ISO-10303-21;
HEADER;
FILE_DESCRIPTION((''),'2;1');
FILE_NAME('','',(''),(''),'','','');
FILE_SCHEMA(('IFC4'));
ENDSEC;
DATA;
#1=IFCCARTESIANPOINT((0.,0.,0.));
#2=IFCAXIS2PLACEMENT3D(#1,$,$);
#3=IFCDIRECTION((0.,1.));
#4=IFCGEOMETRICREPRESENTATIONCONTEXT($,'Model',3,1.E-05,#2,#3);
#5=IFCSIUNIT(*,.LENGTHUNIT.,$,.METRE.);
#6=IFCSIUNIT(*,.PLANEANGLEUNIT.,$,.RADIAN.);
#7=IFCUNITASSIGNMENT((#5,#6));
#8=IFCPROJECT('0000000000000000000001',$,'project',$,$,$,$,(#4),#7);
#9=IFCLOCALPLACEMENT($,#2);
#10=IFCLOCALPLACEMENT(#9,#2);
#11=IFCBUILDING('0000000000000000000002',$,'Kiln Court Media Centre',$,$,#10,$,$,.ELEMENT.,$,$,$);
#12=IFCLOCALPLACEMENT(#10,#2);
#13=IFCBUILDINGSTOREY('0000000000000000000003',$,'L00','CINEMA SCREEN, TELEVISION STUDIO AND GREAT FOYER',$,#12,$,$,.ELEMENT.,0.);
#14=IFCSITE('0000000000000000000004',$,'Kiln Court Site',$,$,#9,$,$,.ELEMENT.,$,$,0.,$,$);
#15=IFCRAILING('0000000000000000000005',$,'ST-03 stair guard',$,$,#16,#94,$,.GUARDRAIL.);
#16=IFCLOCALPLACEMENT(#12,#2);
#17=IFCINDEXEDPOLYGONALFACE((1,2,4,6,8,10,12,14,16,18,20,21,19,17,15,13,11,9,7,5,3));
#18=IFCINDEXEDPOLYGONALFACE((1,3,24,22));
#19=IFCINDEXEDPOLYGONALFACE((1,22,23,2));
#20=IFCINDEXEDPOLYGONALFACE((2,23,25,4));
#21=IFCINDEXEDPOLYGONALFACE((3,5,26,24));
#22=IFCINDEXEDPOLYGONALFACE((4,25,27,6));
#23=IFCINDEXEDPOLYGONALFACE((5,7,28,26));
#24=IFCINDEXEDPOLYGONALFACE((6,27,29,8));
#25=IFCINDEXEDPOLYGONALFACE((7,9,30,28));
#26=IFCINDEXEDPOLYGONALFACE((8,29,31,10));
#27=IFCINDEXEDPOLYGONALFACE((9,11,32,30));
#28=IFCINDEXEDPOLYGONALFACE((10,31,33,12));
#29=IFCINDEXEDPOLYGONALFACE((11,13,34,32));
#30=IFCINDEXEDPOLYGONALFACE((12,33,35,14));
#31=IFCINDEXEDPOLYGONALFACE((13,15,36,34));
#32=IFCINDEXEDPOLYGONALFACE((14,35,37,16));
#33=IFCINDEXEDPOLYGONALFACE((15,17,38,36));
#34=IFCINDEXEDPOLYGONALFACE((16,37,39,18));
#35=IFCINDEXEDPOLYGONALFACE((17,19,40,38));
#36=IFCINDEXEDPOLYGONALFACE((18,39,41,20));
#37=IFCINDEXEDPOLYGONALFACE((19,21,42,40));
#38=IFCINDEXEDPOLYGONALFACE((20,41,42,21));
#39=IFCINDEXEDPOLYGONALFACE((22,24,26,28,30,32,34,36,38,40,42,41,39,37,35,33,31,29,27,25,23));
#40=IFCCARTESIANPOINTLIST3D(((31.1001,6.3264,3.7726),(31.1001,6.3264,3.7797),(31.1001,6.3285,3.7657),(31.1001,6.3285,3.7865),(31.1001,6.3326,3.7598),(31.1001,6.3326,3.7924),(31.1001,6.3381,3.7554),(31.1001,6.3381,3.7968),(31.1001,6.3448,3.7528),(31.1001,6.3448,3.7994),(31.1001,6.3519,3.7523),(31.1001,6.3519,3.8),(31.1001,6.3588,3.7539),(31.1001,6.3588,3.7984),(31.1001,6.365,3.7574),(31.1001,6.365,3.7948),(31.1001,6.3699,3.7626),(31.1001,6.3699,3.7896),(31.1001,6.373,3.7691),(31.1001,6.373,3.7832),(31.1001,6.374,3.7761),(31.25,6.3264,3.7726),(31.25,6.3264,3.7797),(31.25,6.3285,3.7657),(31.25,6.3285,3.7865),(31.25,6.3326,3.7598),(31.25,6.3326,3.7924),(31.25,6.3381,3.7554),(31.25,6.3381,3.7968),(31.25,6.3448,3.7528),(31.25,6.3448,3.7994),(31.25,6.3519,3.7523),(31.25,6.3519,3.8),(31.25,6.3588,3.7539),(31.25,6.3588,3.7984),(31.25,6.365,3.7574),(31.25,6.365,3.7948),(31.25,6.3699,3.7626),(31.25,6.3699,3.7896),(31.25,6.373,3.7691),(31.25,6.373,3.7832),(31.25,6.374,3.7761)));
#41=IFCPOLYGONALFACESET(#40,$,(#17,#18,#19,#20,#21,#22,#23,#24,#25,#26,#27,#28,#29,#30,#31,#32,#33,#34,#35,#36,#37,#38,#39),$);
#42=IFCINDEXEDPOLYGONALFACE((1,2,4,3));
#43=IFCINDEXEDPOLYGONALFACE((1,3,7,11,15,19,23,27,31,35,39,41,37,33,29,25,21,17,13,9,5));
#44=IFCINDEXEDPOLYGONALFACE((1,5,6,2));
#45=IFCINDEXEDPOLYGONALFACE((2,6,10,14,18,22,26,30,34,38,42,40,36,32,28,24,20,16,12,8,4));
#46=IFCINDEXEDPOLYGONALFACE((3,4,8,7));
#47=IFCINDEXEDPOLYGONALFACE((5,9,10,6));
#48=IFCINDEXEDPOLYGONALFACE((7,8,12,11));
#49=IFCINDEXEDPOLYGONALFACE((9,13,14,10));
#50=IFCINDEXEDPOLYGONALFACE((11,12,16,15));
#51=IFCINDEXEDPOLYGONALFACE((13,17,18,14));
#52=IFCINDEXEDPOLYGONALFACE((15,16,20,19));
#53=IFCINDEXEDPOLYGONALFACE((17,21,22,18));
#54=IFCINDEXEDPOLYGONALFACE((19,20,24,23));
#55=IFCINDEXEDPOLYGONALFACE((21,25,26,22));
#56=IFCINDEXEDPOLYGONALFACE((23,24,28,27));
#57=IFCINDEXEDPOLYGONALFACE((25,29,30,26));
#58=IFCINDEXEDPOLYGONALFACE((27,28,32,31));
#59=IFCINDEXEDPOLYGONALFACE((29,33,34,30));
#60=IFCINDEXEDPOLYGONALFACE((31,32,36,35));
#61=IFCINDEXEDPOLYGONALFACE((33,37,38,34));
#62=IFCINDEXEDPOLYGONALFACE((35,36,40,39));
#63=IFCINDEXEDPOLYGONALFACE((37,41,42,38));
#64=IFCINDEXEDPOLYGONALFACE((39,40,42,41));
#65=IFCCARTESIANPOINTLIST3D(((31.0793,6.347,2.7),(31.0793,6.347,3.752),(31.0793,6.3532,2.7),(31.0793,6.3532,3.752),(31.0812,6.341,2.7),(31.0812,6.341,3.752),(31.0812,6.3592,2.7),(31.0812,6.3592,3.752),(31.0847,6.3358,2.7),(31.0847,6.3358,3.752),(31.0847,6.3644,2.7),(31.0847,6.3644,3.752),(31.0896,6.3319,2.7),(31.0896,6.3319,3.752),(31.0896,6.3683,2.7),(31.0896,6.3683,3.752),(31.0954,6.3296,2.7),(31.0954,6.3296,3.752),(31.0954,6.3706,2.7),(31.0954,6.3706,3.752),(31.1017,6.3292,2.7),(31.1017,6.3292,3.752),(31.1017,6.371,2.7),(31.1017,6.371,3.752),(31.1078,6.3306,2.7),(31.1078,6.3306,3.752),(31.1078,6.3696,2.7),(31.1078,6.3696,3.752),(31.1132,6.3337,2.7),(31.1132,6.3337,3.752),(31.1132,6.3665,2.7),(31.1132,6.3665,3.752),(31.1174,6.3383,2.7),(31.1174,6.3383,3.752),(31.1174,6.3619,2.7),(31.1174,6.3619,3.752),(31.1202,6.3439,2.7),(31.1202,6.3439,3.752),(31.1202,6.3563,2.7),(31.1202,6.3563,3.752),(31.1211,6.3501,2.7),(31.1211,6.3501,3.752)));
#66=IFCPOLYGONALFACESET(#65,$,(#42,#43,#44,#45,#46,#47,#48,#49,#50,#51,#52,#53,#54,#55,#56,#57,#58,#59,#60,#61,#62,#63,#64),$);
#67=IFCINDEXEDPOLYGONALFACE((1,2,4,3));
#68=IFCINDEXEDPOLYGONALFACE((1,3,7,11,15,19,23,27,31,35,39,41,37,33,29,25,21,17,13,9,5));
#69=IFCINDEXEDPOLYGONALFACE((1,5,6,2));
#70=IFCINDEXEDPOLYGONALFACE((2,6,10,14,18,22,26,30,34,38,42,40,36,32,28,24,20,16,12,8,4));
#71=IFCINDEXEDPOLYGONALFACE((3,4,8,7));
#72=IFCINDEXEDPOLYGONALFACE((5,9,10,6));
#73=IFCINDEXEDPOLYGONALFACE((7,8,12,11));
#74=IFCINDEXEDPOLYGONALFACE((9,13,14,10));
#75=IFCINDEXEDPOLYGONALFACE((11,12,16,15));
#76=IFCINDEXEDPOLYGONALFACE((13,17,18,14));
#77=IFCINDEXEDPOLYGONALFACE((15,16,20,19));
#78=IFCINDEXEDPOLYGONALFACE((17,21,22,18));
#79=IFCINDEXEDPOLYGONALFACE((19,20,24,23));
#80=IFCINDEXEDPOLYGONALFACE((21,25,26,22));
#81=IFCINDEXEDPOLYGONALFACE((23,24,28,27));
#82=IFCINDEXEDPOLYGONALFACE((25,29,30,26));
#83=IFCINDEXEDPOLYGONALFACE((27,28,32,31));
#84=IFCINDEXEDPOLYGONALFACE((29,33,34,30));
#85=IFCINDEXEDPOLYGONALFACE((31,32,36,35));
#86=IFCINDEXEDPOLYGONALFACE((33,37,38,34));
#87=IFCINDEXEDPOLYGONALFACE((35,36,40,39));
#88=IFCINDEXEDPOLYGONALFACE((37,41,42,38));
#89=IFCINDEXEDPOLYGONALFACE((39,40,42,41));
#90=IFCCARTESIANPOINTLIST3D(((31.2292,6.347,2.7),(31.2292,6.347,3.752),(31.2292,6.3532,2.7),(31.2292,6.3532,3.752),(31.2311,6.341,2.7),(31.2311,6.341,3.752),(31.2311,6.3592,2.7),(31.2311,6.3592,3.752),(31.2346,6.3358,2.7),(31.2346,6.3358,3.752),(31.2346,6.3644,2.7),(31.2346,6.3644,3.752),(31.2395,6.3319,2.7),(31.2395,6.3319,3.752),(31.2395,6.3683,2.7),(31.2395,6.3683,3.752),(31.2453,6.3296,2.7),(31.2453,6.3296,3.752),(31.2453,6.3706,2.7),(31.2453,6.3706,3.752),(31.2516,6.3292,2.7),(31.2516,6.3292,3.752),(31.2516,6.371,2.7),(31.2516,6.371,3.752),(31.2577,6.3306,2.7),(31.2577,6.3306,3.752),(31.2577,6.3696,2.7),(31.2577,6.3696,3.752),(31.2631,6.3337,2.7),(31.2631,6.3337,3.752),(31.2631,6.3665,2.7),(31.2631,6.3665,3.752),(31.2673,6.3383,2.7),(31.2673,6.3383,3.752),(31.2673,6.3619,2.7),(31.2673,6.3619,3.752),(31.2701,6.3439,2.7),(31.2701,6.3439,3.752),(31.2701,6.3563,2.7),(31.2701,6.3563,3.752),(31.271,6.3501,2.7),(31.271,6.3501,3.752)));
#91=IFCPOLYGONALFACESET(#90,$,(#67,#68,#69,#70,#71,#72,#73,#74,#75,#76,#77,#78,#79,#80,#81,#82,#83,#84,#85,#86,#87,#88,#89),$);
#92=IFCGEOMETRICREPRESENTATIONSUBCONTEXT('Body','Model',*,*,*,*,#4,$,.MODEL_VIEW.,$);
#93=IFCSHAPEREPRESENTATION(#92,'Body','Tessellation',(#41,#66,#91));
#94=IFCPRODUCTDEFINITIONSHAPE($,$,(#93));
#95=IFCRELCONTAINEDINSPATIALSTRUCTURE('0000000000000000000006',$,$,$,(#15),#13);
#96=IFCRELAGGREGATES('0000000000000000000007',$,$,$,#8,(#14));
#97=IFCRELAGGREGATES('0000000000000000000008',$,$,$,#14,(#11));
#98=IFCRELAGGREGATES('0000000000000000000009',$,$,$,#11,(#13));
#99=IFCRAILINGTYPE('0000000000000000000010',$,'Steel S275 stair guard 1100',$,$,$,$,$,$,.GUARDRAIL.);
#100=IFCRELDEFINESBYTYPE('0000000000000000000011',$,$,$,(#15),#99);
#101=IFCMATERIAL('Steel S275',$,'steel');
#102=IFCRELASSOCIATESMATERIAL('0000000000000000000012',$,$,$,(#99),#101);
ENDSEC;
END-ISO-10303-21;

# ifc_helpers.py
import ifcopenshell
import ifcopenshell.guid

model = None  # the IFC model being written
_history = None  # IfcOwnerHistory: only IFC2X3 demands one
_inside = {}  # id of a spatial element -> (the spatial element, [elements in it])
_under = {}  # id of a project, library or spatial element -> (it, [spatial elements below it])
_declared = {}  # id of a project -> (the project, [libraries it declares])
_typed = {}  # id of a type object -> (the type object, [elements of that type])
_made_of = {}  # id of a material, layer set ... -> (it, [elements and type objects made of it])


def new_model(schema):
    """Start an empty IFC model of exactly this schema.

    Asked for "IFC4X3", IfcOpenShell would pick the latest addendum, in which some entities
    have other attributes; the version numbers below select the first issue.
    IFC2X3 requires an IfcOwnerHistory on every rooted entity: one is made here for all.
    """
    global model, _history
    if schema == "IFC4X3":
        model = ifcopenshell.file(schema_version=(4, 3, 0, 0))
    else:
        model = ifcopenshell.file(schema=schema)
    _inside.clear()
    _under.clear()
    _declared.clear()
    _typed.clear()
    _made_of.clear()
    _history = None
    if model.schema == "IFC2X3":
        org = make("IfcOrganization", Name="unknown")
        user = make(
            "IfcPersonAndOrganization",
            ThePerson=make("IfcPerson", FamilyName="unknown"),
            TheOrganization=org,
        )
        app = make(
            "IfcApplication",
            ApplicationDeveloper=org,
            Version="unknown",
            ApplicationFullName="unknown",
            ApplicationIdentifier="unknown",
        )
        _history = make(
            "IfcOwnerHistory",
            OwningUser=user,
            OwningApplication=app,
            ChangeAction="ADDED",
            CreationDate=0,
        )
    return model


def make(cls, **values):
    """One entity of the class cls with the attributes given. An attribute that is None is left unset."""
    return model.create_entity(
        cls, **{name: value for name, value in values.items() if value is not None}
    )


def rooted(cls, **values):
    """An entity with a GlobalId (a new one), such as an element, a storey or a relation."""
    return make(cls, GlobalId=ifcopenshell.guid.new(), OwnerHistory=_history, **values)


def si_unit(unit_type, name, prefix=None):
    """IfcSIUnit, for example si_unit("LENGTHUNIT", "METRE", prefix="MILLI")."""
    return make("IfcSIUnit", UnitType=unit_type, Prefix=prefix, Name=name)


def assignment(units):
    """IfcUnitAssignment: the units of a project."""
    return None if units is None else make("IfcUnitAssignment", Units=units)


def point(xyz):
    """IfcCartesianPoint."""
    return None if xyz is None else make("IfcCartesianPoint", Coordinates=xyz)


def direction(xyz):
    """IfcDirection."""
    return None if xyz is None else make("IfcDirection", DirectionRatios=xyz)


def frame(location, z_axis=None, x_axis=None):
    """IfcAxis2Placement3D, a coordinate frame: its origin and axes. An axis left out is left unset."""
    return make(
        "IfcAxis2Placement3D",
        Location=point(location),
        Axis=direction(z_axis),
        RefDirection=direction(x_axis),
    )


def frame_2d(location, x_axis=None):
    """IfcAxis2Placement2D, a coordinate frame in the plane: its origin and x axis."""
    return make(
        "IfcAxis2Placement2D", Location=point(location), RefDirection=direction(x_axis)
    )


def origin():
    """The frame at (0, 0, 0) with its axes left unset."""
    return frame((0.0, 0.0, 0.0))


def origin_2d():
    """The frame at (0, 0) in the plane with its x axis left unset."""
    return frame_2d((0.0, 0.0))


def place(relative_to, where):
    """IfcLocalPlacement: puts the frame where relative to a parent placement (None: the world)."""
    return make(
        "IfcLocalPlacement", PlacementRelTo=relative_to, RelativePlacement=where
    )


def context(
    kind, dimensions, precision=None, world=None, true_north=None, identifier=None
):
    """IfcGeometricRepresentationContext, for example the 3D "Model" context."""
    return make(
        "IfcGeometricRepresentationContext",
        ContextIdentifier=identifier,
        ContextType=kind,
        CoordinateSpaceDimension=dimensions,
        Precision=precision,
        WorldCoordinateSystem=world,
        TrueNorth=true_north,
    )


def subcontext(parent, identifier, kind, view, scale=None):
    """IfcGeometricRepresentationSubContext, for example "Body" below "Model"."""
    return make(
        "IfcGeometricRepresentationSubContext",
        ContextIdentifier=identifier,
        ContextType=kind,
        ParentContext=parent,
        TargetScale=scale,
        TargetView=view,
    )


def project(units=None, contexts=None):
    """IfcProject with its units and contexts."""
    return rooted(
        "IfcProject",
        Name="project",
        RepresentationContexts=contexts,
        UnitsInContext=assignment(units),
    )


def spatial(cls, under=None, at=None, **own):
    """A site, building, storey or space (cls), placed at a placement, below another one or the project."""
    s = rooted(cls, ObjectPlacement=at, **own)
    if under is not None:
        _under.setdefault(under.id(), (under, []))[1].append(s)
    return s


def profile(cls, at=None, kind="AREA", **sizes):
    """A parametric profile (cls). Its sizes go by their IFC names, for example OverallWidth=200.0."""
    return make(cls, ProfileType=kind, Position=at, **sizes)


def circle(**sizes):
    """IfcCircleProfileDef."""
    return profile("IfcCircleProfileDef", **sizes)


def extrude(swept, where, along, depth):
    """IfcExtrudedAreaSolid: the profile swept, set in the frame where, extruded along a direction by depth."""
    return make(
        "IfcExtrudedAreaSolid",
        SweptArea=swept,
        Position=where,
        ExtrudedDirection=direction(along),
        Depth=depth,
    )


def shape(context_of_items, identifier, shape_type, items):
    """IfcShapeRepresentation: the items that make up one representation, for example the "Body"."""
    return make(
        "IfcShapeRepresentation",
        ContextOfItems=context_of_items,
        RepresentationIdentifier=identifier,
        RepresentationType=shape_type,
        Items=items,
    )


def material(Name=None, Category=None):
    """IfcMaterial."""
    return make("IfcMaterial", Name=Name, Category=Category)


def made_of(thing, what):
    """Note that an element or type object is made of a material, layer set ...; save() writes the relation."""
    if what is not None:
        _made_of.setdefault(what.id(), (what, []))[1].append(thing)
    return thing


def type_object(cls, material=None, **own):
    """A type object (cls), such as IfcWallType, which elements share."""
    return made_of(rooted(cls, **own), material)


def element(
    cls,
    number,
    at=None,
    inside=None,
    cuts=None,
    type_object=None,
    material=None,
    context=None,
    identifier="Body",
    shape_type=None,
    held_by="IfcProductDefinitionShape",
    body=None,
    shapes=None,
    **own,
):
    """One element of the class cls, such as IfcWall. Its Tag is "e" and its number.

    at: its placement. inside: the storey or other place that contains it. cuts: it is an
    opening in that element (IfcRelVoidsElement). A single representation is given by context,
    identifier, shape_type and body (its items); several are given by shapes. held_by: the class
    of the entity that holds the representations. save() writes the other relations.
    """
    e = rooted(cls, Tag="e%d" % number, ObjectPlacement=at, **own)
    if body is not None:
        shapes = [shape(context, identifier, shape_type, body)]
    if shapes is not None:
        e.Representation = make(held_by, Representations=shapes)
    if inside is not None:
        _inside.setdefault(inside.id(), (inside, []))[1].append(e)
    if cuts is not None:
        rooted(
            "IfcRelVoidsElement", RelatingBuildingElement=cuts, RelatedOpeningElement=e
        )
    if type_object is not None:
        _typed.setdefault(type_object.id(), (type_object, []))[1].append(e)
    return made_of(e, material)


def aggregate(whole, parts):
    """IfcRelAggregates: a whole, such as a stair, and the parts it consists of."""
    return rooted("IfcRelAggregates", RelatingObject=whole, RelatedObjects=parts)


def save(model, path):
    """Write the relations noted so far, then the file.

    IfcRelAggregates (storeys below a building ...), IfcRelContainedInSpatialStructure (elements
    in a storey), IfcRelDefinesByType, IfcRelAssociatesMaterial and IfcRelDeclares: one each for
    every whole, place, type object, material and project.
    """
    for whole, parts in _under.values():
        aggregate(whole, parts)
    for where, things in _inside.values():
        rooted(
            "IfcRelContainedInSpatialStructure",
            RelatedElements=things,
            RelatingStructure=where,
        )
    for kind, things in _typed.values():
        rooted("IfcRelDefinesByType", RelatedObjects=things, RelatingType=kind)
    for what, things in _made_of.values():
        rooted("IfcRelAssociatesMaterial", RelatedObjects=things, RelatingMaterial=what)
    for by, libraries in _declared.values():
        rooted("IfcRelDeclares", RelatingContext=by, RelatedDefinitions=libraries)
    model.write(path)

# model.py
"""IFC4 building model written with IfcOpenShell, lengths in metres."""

from ifc_helpers import new_model, si_unit, direction, frame, origin, origin_2d, place, context, subcontext, project, spatial, circle, extrude, material, type_object, element, save


model = new_model("IFC4")

# Units and contexts
model_context = context("Model", 3, precision=1e-05, world=origin(), true_north=direction((0.0, 1.0)))
body_context = subcontext(model_context, "Body", "Model", "MODEL_VIEW")
ifc_project = project(units=[si_unit("LENGTHUNIT", "METRE"), si_unit("PLANEANGLEUNIT", "RADIAN")], contexts=[model_context])

# Site, building, storey
site_placement = place(None, origin())
site = spatial("IfcSite", under=ifc_project, at=site_placement, Name="Kiln Court Site", CompositionType="ELEMENT", RefElevation=0.0)
building_placement = place(site_placement, origin())
building = spatial("IfcBuilding", under=site, at=building_placement, Name="Kiln Court Media Centre", CompositionType="ELEMENT")
storey_placement = place(building_placement, origin())
storey = spatial("IfcBuildingStorey", under=building, at=storey_placement, Name="L00", Description="CINEMA SCREEN, TELEVISION STUDIO AND GREAT FOYER", CompositionType="ELEMENT", Elevation=0.0)

# Railing
ifc_material_1 = material(Name="Steel S275", Category="steel")
railing_type_1 = type_object("IfcRailingType", Name="Steel S275 stair guard 1100", PredefinedType="GUARDRAIL", material=ifc_material_1)
railing_1_placement = place(storey_placement, frame((31.1001, 6.3501, 2.7)))
element("IfcRailing", 1, at=railing_1_placement, inside=storey, type_object=railing_type_1, Name="ST-03 stair guard", PredefinedType="GUARDRAIL", context=body_context, shape_type="SweptSolid", body=[
    extrude(circle(Radius=0.0239, at=origin_2d()), frame((0.0, 0.0, 1.0762), z_axis=(1.0, 0.0, 0.0), x_axis=(0.0, 1.0, 0.0)), (0.0, 0.0, 1.0), 0.1499),
    extrude(circle(Radius=0.021, at=origin_2d()), origin(), (0.0, 0.0, 1.0), 1.052),
    extrude(circle(Radius=0.021, at=origin_2d()), frame((0.1499, 0.0, 0.0)), (0.0, 0.0, 1.0), 1.052),
])

save(model, "model.ifc")
